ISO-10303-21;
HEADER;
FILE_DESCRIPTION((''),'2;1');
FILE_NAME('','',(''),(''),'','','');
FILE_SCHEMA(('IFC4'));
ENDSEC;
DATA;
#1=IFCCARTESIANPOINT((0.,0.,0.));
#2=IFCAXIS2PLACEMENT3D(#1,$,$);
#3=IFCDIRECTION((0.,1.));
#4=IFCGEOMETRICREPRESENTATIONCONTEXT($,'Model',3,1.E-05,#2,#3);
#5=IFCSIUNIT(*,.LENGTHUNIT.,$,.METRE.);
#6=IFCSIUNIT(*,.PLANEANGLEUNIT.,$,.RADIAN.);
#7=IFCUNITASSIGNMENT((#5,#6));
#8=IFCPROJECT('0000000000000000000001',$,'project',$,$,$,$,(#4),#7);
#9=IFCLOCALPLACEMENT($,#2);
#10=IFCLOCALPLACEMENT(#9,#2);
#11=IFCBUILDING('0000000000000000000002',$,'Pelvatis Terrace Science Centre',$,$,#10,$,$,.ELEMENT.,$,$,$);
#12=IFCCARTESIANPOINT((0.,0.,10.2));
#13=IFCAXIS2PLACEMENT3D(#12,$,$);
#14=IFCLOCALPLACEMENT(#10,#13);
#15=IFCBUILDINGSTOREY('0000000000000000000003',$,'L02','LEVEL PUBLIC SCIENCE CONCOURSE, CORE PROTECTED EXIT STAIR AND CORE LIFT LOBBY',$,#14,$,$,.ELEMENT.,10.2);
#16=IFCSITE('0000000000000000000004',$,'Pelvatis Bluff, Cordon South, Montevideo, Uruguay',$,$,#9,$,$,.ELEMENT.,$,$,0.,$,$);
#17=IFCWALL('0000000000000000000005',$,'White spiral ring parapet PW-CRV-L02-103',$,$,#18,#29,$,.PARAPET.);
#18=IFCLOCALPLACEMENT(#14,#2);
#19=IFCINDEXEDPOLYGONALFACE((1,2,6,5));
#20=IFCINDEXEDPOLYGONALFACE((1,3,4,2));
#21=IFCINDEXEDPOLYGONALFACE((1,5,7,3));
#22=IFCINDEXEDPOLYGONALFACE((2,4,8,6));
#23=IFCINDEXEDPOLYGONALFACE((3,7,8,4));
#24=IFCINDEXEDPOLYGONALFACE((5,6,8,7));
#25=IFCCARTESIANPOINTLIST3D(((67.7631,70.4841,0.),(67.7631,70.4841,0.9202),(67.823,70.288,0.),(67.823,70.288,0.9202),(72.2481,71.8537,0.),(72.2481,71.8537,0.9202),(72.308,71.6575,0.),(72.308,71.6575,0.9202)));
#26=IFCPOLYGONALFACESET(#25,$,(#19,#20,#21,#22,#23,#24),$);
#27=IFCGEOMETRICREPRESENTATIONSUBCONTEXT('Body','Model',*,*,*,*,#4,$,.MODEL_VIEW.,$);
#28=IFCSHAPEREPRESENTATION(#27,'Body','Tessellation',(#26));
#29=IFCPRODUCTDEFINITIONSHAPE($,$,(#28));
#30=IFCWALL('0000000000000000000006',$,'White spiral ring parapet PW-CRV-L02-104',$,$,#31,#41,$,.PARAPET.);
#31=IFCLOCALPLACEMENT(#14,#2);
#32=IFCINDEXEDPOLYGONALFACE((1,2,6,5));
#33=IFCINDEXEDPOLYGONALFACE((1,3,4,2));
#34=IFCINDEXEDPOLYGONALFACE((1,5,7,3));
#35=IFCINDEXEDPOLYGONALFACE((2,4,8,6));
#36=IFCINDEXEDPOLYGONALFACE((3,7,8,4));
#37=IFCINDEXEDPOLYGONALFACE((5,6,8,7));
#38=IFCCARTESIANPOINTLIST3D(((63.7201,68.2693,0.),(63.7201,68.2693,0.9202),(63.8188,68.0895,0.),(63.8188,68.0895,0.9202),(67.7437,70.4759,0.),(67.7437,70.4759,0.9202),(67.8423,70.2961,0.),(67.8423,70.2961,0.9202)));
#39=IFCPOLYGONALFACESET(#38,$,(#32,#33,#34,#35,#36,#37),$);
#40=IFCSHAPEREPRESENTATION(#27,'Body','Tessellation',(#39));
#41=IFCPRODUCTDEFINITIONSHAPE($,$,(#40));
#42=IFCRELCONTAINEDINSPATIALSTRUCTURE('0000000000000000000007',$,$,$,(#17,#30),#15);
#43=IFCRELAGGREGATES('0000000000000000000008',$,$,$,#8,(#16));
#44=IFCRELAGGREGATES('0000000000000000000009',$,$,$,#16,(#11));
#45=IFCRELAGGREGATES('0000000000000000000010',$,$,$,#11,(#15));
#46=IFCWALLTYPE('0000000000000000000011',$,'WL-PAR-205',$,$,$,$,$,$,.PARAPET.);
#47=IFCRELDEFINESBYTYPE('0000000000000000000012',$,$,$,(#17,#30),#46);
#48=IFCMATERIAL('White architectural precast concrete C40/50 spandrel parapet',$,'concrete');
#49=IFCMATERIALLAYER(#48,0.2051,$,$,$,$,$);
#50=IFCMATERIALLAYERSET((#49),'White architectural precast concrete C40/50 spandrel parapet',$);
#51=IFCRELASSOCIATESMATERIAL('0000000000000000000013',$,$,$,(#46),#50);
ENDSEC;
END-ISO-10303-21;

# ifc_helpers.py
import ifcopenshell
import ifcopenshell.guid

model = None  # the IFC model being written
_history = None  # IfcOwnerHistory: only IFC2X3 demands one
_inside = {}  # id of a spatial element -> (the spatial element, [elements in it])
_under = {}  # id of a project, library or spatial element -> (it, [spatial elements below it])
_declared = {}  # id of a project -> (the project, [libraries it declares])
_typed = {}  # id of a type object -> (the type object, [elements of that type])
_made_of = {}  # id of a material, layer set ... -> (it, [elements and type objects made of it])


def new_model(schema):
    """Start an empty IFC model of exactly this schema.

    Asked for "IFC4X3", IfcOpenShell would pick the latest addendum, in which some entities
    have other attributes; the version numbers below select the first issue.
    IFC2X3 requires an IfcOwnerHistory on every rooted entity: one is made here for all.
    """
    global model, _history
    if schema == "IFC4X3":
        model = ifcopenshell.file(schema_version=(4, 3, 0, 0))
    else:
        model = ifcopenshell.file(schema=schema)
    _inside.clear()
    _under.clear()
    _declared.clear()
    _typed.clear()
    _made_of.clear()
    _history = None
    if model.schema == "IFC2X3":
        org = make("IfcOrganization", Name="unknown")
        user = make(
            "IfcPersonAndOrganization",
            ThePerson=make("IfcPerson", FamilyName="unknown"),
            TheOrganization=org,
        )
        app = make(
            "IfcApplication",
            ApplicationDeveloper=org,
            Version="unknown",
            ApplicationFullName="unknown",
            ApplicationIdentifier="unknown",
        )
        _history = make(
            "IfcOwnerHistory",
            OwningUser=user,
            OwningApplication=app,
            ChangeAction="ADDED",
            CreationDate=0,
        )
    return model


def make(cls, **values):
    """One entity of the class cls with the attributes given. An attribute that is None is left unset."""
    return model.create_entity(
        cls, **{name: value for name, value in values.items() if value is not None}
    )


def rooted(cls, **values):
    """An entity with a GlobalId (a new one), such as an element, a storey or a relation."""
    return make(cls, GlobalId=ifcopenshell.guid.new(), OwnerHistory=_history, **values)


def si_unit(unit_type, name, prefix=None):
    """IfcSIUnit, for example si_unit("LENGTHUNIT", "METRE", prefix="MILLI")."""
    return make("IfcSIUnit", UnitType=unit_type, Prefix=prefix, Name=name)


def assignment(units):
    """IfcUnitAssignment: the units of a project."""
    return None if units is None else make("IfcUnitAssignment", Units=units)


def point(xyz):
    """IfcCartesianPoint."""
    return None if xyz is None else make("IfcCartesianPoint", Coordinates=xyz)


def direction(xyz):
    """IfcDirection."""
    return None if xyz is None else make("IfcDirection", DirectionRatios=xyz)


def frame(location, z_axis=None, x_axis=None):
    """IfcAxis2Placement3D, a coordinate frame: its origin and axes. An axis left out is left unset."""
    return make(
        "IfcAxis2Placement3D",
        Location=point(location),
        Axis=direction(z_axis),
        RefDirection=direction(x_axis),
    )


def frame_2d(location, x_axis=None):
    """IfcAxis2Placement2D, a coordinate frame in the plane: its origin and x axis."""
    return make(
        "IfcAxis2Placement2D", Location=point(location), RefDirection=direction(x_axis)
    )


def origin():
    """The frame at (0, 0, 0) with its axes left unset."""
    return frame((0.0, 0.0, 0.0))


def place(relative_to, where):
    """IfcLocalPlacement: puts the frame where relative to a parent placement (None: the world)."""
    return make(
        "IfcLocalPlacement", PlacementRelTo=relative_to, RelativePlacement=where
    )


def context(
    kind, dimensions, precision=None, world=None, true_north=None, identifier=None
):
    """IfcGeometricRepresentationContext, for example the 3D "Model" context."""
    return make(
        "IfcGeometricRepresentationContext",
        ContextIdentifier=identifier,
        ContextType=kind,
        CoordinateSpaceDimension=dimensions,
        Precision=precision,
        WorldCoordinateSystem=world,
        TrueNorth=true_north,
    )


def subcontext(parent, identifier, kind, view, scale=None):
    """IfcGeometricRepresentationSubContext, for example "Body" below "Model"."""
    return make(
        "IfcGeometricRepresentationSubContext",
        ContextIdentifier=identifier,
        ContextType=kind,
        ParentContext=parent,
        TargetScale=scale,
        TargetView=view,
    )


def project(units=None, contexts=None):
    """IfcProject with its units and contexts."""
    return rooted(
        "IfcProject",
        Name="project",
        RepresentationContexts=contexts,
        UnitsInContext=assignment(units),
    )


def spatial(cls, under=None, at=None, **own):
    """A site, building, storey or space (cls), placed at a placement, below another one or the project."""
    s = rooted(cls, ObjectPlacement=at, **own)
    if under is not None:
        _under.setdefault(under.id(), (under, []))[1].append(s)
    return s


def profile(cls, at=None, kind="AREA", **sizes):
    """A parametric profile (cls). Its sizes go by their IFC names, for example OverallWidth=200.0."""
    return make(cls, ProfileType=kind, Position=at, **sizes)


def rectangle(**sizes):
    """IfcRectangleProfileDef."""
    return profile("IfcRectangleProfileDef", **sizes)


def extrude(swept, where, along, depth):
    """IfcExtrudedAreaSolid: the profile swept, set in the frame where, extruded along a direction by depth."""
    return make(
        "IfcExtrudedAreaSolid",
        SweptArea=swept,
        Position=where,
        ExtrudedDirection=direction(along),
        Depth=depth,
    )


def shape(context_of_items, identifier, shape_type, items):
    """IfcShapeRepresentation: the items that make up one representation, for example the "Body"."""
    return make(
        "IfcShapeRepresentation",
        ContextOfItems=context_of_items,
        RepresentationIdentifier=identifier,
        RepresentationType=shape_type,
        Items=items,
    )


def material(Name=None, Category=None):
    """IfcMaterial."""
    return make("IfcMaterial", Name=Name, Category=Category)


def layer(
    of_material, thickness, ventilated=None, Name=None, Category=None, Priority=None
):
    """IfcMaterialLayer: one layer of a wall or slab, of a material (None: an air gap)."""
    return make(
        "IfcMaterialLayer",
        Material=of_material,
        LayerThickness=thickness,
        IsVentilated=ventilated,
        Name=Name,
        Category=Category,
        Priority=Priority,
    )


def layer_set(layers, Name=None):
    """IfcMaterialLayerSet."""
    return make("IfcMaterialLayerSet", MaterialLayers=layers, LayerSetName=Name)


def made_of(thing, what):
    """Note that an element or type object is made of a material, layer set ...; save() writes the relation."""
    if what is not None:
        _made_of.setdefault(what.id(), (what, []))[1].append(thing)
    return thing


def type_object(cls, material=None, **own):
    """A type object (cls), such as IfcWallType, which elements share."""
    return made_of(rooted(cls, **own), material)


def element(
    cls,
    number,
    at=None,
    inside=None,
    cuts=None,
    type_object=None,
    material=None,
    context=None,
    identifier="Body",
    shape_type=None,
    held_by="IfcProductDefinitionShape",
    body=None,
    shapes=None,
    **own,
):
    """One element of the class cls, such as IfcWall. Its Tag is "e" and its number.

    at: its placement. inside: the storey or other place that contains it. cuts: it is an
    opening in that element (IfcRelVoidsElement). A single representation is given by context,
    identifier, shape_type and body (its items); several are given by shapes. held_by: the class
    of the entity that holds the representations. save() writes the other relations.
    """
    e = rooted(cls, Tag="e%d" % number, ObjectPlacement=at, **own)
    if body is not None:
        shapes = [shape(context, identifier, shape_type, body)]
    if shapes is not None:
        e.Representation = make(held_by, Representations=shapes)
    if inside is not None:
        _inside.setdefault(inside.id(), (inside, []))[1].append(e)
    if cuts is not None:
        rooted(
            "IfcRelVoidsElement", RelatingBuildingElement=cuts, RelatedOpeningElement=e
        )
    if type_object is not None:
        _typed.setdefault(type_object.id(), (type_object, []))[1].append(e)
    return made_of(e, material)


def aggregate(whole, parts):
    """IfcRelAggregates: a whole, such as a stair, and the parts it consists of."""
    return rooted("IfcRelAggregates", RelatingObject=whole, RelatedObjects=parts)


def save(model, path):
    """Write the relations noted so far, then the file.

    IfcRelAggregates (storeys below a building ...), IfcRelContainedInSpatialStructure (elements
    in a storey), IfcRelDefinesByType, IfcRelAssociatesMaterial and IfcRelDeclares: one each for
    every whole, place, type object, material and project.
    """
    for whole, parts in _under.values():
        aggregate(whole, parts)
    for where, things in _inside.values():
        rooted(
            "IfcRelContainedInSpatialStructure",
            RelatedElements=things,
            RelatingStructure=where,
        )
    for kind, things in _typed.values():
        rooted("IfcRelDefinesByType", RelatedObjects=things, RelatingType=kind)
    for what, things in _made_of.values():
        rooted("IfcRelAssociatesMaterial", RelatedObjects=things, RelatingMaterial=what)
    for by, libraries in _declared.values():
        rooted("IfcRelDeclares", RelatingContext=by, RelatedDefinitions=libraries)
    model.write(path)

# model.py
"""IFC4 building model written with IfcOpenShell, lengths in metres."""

from ifc_helpers import new_model, si_unit, direction, frame, frame_2d, origin, place, context, subcontext, project, spatial, rectangle, extrude, material, layer, layer_set, type_object, element, save


model = new_model("IFC4")

# Units and contexts
model_context = context("Model", 3, precision=1e-05, world=origin(), true_north=direction((0.0, 1.0)))
body_context = subcontext(model_context, "Body", "Model", "MODEL_VIEW")
ifc_project = project(units=[si_unit("LENGTHUNIT", "METRE"), si_unit("PLANEANGLEUNIT", "RADIAN")], contexts=[model_context])

# Site, building, storey
site_placement = place(None, origin())
site = spatial("IfcSite", under=ifc_project, at=site_placement, Name="Pelvatis Bluff, Cordon South, Montevideo, Uruguay", CompositionType="ELEMENT", RefElevation=0.0)
building_placement = place(site_placement, origin())
building = spatial("IfcBuilding", under=site, at=building_placement, Name="Pelvatis Terrace Science Centre", CompositionType="ELEMENT")
storey_placement = place(building_placement, frame((0.0, 0.0, 10.2)))
storey = spatial("IfcBuildingStorey", under=building, at=storey_placement, Name="L02", Description="LEVEL PUBLIC SCIENCE CONCOURSE, CORE PROTECTED EXIT STAIR AND CORE LIFT LOBBY", CompositionType="ELEMENT", Elevation=10.2)

# Walls
ifc_material_1 = material(Name="White architectural precast concrete C40/50 spandrel parapet", Category="concrete")
ifc_layer_1 = layer(ifc_material_1, 0.2051)
ifc_layer_set_1 = layer_set([ifc_layer_1], Name="White architectural precast concrete C40/50 spandrel parapet")
wall_type_1 = type_object("IfcWallType", Name="WL-PAR-205", PredefinedType="PARAPET", material=ifc_layer_set_1)
wall_1_placement = place(storey_placement, frame((72.2781, 71.7556, 0.0), z_axis=(0.0, 0.0, 1.0), x_axis=(-0.9564, -0.292058, 0.0)))
element("IfcWall", 1, at=wall_1_placement, inside=storey, type_object=wall_type_1, Name="White spiral ring parapet PW-CRV-L02-103", PredefinedType="PARAPET", context=body_context, shape_type="SweptSolid", body=[
    extrude(rectangle(XDim=4.6895, YDim=0.2051, at=frame_2d((2.3447, 0.0))), origin(), (0.0, 0.0, 1.0), 0.9202),
])
wall_2_placement = place(storey_placement, frame((67.793, 70.386, 0.0), z_axis=(0.0, 0.0, 1.0), x_axis=(-0.876799, -0.480856, 0.0)))
element("IfcWall", 2, at=wall_2_placement, inside=storey, type_object=wall_type_1, Name="White spiral ring parapet PW-CRV-L02-104", PredefinedType="PARAPET", context=body_context, shape_type="SweptSolid", body=[
    extrude(rectangle(XDim=4.5889, YDim=0.2051, at=frame_2d((2.2944, 0.0))), origin(), (0.0, 0.0, 1.0), 0.9202),
])

save(model, "model.ifc")
